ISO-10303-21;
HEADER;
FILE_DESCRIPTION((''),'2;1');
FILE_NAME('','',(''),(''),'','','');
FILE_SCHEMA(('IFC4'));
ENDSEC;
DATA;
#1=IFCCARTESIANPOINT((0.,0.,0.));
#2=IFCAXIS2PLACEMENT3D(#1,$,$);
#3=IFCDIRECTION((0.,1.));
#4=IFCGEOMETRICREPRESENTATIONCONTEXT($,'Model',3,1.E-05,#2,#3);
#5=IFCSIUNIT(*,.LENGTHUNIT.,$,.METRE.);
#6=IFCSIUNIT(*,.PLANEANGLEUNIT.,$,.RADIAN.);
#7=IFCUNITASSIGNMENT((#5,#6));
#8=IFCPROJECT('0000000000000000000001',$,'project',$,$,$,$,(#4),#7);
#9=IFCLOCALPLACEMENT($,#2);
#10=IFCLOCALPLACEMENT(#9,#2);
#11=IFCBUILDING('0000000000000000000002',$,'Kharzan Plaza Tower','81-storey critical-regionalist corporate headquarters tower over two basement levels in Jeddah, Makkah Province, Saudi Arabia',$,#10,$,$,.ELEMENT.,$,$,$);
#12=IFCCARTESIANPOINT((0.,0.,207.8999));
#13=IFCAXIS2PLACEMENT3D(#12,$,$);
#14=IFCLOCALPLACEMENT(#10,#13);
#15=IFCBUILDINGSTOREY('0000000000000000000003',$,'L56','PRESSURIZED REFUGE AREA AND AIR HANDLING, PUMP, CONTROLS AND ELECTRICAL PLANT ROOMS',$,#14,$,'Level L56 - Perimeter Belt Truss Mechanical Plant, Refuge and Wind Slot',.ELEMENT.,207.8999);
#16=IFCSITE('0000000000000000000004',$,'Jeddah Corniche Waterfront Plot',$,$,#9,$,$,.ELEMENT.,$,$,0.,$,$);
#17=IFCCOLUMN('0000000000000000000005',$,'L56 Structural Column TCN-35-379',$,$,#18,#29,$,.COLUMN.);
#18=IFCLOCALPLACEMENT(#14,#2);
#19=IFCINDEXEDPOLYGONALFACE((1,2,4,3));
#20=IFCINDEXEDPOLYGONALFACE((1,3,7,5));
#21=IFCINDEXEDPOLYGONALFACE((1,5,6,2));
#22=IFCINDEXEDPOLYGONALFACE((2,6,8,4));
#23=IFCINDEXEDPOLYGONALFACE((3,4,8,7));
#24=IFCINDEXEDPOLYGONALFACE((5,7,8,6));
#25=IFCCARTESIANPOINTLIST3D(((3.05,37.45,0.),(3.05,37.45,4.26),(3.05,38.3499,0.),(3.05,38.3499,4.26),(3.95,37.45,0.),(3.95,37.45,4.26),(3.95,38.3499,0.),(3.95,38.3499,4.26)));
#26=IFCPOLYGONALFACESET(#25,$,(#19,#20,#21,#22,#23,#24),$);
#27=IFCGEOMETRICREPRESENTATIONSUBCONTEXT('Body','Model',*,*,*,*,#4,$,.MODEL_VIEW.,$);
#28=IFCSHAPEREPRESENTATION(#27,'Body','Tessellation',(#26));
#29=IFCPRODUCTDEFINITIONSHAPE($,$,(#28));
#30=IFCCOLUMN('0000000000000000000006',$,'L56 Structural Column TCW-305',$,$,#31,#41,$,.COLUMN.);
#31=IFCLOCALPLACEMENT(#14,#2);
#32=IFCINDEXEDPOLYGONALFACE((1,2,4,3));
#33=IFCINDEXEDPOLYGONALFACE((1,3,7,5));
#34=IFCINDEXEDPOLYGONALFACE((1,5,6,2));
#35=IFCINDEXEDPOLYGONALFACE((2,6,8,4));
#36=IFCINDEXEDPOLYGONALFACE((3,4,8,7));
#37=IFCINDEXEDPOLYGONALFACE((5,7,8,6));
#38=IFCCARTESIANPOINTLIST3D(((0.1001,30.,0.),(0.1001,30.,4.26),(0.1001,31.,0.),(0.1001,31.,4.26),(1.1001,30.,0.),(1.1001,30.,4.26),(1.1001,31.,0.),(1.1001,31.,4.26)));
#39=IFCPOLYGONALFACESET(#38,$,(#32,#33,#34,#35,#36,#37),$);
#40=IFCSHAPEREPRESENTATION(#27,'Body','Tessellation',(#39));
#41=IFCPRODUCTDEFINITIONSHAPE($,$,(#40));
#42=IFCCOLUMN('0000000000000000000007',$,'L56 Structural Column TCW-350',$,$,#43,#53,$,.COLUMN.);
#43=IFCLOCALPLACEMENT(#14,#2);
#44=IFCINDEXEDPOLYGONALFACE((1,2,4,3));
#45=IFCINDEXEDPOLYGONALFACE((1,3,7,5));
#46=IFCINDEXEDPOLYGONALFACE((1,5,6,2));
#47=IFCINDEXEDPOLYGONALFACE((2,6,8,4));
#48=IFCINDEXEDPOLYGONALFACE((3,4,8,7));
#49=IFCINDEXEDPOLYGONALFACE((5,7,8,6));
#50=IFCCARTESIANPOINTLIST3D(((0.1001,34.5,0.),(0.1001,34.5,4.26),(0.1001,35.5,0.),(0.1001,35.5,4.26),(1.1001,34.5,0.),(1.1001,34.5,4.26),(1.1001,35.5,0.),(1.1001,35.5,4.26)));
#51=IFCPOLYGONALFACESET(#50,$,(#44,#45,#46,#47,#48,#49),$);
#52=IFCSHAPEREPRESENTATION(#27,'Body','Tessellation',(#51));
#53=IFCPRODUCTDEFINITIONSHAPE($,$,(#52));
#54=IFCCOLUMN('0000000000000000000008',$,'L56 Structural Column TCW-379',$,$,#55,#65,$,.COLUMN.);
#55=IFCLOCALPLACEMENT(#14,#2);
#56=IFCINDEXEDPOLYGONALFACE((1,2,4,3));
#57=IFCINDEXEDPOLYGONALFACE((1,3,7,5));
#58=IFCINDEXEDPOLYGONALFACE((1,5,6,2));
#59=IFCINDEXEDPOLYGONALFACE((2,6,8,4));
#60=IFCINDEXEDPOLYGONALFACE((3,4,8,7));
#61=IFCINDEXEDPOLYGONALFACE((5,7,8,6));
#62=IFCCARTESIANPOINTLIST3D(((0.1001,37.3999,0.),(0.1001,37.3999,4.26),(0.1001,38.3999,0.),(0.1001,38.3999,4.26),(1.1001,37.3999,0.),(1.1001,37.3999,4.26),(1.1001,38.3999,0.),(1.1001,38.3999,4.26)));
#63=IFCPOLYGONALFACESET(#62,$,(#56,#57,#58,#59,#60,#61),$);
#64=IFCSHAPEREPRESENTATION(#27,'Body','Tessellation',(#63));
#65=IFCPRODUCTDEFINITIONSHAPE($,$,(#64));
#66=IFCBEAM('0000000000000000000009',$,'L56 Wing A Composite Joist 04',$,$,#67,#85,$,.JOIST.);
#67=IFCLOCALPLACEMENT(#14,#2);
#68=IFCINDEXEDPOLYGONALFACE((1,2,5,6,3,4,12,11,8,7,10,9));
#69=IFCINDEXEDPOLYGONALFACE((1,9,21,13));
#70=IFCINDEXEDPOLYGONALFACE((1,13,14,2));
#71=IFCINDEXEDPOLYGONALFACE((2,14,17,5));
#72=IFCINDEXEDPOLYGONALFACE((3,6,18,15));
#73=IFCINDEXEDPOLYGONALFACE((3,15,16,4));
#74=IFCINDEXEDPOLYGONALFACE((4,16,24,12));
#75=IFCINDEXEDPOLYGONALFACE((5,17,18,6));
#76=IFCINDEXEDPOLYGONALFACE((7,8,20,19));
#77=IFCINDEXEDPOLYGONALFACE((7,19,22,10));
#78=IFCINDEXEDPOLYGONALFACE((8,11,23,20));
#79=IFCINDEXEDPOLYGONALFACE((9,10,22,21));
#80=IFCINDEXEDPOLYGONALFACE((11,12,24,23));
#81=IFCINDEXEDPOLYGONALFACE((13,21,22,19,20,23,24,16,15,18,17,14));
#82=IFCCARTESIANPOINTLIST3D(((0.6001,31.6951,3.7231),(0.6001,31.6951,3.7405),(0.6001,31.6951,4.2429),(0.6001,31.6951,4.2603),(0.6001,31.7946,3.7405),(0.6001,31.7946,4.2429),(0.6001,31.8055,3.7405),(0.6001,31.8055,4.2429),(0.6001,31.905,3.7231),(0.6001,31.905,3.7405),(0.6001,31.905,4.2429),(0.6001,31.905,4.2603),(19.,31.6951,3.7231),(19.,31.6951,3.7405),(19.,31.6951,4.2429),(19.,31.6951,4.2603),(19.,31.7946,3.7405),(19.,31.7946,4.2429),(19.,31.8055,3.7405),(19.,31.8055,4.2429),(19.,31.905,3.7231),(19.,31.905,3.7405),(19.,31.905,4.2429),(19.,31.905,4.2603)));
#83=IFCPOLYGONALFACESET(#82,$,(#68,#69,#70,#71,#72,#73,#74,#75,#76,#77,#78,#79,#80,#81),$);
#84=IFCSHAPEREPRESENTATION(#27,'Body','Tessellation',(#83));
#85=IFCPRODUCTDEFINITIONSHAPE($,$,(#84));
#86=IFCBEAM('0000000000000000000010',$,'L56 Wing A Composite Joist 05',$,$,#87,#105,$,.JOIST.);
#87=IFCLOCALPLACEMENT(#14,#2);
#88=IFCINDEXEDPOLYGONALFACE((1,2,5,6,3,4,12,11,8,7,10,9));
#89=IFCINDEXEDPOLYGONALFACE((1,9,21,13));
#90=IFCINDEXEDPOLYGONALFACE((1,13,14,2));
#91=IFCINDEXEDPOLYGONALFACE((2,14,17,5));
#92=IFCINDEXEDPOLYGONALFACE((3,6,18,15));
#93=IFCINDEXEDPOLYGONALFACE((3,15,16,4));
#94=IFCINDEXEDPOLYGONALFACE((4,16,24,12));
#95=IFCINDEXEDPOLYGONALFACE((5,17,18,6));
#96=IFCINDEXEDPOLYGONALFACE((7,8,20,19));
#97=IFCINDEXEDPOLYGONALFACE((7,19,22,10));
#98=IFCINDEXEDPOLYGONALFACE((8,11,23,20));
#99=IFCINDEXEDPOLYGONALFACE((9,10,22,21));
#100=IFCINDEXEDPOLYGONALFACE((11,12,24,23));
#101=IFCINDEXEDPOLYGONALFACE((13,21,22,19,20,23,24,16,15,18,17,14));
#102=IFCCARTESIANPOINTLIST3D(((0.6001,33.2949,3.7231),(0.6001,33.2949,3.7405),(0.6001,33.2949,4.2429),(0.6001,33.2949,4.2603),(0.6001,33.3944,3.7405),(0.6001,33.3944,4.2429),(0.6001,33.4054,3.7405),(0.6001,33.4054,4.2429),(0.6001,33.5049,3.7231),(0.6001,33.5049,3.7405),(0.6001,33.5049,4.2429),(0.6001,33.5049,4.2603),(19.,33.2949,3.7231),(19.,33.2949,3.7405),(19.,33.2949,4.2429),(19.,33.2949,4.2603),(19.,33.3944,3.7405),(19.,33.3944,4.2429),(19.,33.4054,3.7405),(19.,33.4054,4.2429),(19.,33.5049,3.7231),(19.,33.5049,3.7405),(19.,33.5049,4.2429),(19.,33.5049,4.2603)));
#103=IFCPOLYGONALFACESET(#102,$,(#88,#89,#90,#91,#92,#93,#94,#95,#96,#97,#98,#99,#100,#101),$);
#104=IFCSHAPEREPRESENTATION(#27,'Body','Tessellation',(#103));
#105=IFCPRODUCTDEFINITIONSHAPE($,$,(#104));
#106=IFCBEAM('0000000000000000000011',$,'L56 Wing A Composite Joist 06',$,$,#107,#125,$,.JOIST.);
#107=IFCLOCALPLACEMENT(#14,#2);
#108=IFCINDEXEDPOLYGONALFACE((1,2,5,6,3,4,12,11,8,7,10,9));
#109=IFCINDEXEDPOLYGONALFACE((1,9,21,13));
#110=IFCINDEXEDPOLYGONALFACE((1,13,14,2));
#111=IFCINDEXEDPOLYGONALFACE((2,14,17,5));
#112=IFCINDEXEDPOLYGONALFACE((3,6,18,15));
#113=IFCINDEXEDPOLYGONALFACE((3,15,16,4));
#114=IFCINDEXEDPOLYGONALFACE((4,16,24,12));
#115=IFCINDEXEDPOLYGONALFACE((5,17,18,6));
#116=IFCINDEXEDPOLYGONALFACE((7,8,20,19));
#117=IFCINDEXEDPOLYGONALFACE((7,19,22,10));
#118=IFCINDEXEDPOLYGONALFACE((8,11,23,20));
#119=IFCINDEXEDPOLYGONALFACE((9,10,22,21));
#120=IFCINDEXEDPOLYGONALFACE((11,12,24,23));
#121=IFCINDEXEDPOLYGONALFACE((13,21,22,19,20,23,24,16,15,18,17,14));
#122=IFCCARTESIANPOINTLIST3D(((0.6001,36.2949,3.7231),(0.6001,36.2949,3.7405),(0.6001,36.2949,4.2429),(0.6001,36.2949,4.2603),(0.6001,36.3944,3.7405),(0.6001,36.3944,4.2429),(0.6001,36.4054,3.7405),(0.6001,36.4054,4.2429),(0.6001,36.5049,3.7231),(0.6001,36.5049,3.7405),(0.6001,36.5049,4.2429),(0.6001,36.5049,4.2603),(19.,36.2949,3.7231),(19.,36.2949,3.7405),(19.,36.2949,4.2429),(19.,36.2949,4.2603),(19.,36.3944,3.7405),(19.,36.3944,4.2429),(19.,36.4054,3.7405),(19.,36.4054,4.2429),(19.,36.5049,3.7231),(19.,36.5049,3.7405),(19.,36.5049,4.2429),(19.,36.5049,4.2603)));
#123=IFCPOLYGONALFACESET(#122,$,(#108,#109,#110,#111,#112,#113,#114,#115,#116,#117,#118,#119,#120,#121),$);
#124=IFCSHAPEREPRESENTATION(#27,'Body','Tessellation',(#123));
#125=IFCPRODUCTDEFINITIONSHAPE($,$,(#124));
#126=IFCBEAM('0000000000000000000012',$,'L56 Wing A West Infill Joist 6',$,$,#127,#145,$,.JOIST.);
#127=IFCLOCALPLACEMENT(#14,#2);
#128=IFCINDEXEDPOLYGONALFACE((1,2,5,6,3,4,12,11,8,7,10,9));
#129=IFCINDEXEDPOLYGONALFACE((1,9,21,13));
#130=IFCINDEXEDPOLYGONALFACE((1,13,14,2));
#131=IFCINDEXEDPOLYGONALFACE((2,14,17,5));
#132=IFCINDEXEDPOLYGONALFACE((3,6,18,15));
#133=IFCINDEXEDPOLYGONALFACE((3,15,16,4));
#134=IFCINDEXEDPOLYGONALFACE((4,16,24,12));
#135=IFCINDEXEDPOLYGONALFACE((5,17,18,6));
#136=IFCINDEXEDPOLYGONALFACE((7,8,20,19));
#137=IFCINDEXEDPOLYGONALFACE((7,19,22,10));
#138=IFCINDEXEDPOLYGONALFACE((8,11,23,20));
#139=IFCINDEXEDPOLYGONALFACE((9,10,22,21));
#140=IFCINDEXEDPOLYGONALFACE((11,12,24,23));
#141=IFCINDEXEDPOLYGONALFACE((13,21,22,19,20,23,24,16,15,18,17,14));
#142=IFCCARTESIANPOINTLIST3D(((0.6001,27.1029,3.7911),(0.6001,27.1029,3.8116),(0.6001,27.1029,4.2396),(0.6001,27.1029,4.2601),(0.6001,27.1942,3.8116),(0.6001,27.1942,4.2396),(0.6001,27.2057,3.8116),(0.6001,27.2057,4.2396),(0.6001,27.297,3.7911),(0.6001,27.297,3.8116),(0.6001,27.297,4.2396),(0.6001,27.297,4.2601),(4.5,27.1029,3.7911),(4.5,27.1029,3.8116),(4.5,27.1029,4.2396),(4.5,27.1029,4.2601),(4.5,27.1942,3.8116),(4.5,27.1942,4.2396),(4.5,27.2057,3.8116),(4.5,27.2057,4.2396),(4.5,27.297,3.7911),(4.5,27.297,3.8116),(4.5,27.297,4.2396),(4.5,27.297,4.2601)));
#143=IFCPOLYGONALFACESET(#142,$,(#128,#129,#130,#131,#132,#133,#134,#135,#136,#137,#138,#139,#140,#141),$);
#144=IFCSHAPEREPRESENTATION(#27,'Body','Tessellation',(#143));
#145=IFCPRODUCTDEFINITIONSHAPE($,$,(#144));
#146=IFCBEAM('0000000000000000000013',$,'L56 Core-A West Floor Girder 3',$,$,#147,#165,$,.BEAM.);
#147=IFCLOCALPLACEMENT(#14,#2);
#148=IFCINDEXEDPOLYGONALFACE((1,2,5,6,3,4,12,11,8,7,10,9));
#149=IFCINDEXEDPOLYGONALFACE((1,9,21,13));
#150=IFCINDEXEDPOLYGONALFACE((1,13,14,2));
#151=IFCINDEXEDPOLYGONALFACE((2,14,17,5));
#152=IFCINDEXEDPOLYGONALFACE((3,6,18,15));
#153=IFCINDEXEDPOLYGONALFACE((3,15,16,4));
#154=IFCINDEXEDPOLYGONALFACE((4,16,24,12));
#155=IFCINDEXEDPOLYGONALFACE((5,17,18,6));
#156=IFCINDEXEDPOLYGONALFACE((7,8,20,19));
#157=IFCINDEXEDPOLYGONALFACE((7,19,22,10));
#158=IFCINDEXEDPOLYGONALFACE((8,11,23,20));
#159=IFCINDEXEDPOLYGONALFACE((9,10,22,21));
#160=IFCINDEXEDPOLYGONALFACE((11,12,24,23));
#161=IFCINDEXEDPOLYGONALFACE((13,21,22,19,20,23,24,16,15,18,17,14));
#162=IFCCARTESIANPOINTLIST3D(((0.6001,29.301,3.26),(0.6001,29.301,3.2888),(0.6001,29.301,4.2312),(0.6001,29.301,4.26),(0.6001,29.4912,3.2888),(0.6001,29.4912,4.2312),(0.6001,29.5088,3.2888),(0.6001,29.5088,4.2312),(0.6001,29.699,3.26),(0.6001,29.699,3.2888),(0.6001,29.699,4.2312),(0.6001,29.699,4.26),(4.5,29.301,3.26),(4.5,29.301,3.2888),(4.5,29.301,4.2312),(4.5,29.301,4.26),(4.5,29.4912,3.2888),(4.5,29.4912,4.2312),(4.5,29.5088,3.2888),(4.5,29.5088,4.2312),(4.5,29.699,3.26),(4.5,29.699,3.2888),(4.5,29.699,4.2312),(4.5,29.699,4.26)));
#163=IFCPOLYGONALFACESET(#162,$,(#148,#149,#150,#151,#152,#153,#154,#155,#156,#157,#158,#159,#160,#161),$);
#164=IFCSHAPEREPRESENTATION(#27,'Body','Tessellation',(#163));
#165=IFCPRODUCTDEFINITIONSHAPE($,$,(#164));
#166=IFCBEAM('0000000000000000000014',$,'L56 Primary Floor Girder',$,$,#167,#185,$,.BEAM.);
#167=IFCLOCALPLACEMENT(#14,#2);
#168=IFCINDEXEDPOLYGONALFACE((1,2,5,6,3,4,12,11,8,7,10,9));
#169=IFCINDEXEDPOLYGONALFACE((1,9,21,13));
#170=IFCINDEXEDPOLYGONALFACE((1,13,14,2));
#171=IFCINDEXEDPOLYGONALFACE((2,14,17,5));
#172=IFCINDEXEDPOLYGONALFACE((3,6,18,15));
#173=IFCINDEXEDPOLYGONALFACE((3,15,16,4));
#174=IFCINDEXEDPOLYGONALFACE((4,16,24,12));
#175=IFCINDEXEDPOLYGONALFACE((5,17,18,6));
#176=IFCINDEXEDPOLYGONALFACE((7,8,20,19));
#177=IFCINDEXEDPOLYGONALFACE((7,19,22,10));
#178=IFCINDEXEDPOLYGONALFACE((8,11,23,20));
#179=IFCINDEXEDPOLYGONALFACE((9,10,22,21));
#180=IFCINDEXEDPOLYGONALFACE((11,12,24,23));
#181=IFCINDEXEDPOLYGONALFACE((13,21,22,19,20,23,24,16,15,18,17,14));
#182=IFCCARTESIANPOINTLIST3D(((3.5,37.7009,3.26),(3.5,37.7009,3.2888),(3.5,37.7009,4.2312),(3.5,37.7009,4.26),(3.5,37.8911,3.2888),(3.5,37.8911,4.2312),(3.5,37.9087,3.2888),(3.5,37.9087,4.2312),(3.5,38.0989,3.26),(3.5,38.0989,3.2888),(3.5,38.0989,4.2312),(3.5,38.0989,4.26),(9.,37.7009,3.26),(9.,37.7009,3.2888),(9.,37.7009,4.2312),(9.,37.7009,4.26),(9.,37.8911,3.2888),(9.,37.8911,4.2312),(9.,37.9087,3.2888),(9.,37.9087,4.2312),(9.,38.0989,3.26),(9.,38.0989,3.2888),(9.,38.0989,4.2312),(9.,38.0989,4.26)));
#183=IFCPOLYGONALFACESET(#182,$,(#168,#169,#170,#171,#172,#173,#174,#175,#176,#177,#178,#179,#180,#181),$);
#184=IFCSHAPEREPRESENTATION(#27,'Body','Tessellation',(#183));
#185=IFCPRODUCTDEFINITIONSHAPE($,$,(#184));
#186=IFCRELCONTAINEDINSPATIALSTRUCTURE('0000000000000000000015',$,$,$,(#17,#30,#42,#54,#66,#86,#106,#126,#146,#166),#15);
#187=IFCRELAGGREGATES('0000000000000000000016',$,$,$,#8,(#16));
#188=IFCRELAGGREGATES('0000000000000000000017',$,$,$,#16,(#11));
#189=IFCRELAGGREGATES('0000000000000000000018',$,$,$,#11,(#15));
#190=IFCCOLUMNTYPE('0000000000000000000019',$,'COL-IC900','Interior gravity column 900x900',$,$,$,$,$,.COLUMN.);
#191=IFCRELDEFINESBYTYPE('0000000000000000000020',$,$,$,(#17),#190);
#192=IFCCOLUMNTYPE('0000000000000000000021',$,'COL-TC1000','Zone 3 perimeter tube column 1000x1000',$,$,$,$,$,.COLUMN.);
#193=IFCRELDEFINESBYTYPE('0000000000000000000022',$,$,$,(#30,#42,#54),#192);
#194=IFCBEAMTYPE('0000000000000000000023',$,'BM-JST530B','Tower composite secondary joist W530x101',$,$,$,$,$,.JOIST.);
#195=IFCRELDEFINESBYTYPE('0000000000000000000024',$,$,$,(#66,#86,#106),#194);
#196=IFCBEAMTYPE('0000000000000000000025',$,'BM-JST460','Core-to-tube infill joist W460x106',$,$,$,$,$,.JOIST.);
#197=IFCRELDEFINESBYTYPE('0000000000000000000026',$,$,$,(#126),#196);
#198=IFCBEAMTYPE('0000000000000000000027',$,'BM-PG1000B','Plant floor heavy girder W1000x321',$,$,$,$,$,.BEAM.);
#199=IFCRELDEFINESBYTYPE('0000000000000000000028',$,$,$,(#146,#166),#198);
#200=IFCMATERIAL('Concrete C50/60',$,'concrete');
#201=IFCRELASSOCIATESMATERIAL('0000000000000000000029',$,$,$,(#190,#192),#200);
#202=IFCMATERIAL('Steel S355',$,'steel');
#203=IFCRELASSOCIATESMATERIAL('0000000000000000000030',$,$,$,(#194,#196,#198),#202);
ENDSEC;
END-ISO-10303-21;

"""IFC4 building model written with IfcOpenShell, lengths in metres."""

from ifc_helpers import new_model, si_unit, direction, frame, origin, origin_2d, place, context, subcontext, project, spatial, rectangle, i_section, extrude, source, transform, mapped, material, material_profile, profile_set, type_object, element, save


model = new_model("IFC4")

# Units and contexts
model_context = context("Model", 3, precision=1e-05, world=origin(), true_north=direction((0.0, 1.0)))
body_context = subcontext(model_context, "Body", "Model", "MODEL_VIEW")
ifc_project = project(units=[si_unit("LENGTHUNIT", "METRE"), si_unit("PLANEANGLEUNIT", "RADIAN")], contexts=[model_context])

# Site, building, storey
site_placement = place(None, origin())
site = spatial("IfcSite", under=ifc_project, at=site_placement, Name="Jeddah Corniche Waterfront Plot", CompositionType="ELEMENT", RefElevation=0.0)
building_placement = place(site_placement, origin())
building = spatial("IfcBuilding", under=site, at=building_placement, Name="Kharzan Plaza Tower", Description="81-storey critical-regionalist corporate headquarters tower over two basement levels in Jeddah, Makkah Province, Saudi Arabia", CompositionType="ELEMENT")
storey_placement = place(building_placement, frame((0.0, 0.0, 207.8999)))
storey = spatial("IfcBuildingStorey", under=building, at=storey_placement, Name="L56", Description="PRESSURIZED REFUGE AREA AND AIR HANDLING, PUMP, CONTROLS AND ELECTRICAL PLANT ROOMS", LongName="Level L56 - Perimeter Belt Truss Mechanical Plant, Refuge and Wind Slot", CompositionType="ELEMENT", Elevation=207.8999)

# Columns
ifc_material_1 = material(Name="Concrete C50/60", Category="concrete")
ifc_material_profile_1 = material_profile(ifc_material_1, rectangle(XDim=0.8999, YDim=0.8999, at=origin_2d()), Name="RC-IC900x900")
ifc_profile_set_1 = profile_set([ifc_material_profile_1], Name="Concrete C50/60")
column_type_1 = type_object("IfcColumnType", Name="COL-IC900", Description="Interior gravity column 900x900", PredefinedType="COLUMN", material=ifc_profile_set_1)
shared_shape_1 = source(origin(), body_context, "Body", "SweptSolid", [
    extrude(rectangle(XDim=0.8999, YDim=0.8999, at=origin_2d()), origin(), (0.0, 0.0, 1.0), 4.26),
])
column_placement = place(storey_placement, frame((3.5, 37.8999, 0.0), z_axis=(0.0, 0.0, 1.0), x_axis=(1.0, 0.0, 0.0)))
element("IfcColumn", 1, at=column_placement, inside=storey, type_object=column_type_1, Name="L56 Structural Column TCN-35-379", PredefinedType="COLUMN", context=body_context, shape_type="MappedRepresentation", body=[
    mapped(shared_shape_1, transform((0.0, 0.0, 0.0), x_axis=(1.0, 0.0, 0.0), y_axis=(0.0, 1.0, 0.0), z_axis=(0.0, 0.0, 1.0))),
])
ifc_material_profile_2 = material_profile(ifc_material_1, rectangle(XDim=1.0, YDim=1.0, at=origin_2d()), Name="RC-TC1000x1000")
ifc_profile_set_2 = profile_set([ifc_material_profile_2], Name="Concrete C50/60")
column_type_2 = type_object("IfcColumnType", Name="COL-TC1000", Description="Zone 3 perimeter tube column 1000x1000", PredefinedType="COLUMN", material=ifc_profile_set_2)
shared_shape_2 = source(origin(), body_context, "Body", "SweptSolid", [
    extrude(rectangle(XDim=1.0, YDim=1.0, at=origin_2d()), origin(), (0.0, 0.0, 1.0), 4.26),
])
for number, where, z_axis, x_axis, name in (
    (2, (0.6001, 30.5, 0.0), (0.0, 0.0, 1.0), (1.0, 0.0, 0.0), "L56 Structural Column TCW-305"),
    (3, (0.6001, 35.0, 0.0), (0.0, 0.0, 1.0), (1.0, 0.0, 0.0), "L56 Structural Column TCW-350"),
    (4, (0.6001, 37.8999, 0.0), (0.0, 0.0, 1.0), (1.0, 0.0, 0.0), "L56 Structural Column TCW-379"),
):
    element("IfcColumn", number, at=place(storey_placement, frame(where, z_axis=z_axis, x_axis=x_axis)), inside=storey, type_object=column_type_2, Name=name, PredefinedType="COLUMN", context=body_context, shape_type="MappedRepresentation", body=[
        mapped(shared_shape_2, transform((0.0, 0.0, 0.0), x_axis=(1.0, 0.0, 0.0), y_axis=(0.0, 1.0, 0.0), z_axis=(0.0, 0.0, 1.0))),
    ])

# Beams
ifc_material_2 = material(Name="Steel S355", Category="steel")
ifc_material_profile_3 = material_profile(ifc_material_2, i_section(OverallWidth=0.21, OverallDepth=0.5371, WebThickness=0.011, FlangeThickness=0.0173, at=origin_2d()), Name="W530x101")
ifc_profile_set_3 = profile_set([ifc_material_profile_3], Name="Steel S355")
beam_type_1 = type_object("IfcBeamType", Name="BM-JST530B", Description="Tower composite secondary joist W530x101", PredefinedType="JOIST", material=ifc_profile_set_3)
shared_shape_3 = source(origin(), body_context, "Body", "SweptSolid", [
    extrude(i_section(OverallWidth=0.21, OverallDepth=0.5371, WebThickness=0.011, FlangeThickness=0.0173, at=origin_2d()), origin(), (0.0, 0.0, 1.0), 18.3999),
])
for number, where, z_axis, x_axis, name in (
    (5, (0.6001, 31.8, 3.9917), (1.0, 0.0, 0.0), (0.0, 1.0, 0.0), "L56 Wing A Composite Joist 04"),
    (6, (0.6001, 33.3999, 3.9917), (1.0, 0.0, 0.0), (0.0, 1.0, 0.0), "L56 Wing A Composite Joist 05"),
    (7, (0.6001, 36.3999, 3.9917), (1.0, 0.0, 0.0), (0.0, 1.0, 0.0), "L56 Wing A Composite Joist 06"),
):
    element("IfcBeam", number, at=place(storey_placement, frame(where, z_axis=z_axis, x_axis=x_axis)), inside=storey, type_object=beam_type_1, Name=name, PredefinedType="JOIST", context=body_context, shape_type="MappedRepresentation", body=[
        mapped(shared_shape_3, transform((0.0, 0.0, 0.0), x_axis=(1.0, 0.0, 0.0), y_axis=(0.0, 1.0, 0.0), z_axis=(0.0, 0.0, 1.0))),
    ])
ifc_material_profile_4 = material_profile(ifc_material_2, i_section(OverallWidth=0.1941, OverallDepth=0.469, WebThickness=0.0115, FlangeThickness=0.0205, at=origin_2d()), Name="W460x106")
ifc_profile_set_4 = profile_set([ifc_material_profile_4], Name="Steel S355")
beam_type_2 = type_object("IfcBeamType", Name="BM-JST460", Description="Core-to-tube infill joist W460x106", PredefinedType="JOIST", material=ifc_profile_set_4)
shared_shape_4 = source(origin(), body_context, "Body", "SweptSolid", [
    extrude(i_section(OverallWidth=0.1941, OverallDepth=0.469, WebThickness=0.0115, FlangeThickness=0.0205, at=origin_2d()), origin(), (0.0, 0.0, 1.0), 3.8999),
])
beam_1_placement = place(storey_placement, frame((0.6001, 27.2, 4.0256), z_axis=(1.0, 0.0, 0.0), x_axis=(0.0, 1.0, 0.0)))
element("IfcBeam", 8, at=beam_1_placement, inside=storey, type_object=beam_type_2, Name="L56 Wing A West Infill Joist 6", PredefinedType="JOIST", context=body_context, shape_type="MappedRepresentation", body=[
    mapped(shared_shape_4, transform((0.0, 0.0, 0.0), x_axis=(1.0, 0.0, 0.0), y_axis=(0.0, 1.0, 0.0), z_axis=(0.0, 0.0, 1.0))),
])
ifc_material_profile_5 = material_profile(ifc_material_2, i_section(OverallWidth=0.3979, OverallDepth=1.0, WebThickness=0.0176, FlangeThickness=0.0288, at=origin_2d()), Name="W1000x321")
ifc_profile_set_5 = profile_set([ifc_material_profile_5], Name="Steel S355")
beam_type_3 = type_object("IfcBeamType", Name="BM-PG1000B", Description="Plant floor heavy girder W1000x321", PredefinedType="BEAM", material=ifc_profile_set_5)
shared_shape_5 = source(origin(), body_context, "Body", "SweptSolid", [
    extrude(i_section(OverallWidth=0.3979, OverallDepth=1.0, WebThickness=0.0176, FlangeThickness=0.0288, at=origin_2d()), origin(), (0.0, 0.0, 1.0), 3.8999),
])
beam_2_placement = place(storey_placement, frame((0.6001, 29.5, 3.76), z_axis=(1.0, 0.0, 0.0), x_axis=(0.0, 1.0, 0.0)))
element("IfcBeam", 9, at=beam_2_placement, inside=storey, type_object=beam_type_3, Name="L56 Core-A West Floor Girder 3", PredefinedType="BEAM", context=body_context, shape_type="MappedRepresentation", body=[
    mapped(shared_shape_5, transform((0.0, 0.0, 0.0), x_axis=(1.0, 0.0, 0.0), y_axis=(0.0, 1.0, 0.0), z_axis=(0.0, 0.0, 1.0))),
])
shared_shape_6 = source(origin(), body_context, "Body", "SweptSolid", [
    extrude(i_section(OverallWidth=0.3979, OverallDepth=1.0, WebThickness=0.0176, FlangeThickness=0.0288, at=origin_2d()), origin(), (0.0, 0.0, 1.0), 5.5),
])
beam_3_placement = place(storey_placement, frame((3.5, 37.8999, 3.76), z_axis=(1.0, 0.0, 0.0), x_axis=(0.0, 1.0, 0.0)))
element("IfcBeam", 10, at=beam_3_placement, inside=storey, type_object=beam_type_3, Name="L56 Primary Floor Girder", PredefinedType="BEAM", context=body_context, shape_type="MappedRepresentation", body=[
    mapped(shared_shape_6, transform((0.0, 0.0, 0.0), x_axis=(1.0, 0.0, 0.0), y_axis=(0.0, 1.0, 0.0), z_axis=(0.0, 0.0, 1.0))),
])

save(model, "model.ifc")
